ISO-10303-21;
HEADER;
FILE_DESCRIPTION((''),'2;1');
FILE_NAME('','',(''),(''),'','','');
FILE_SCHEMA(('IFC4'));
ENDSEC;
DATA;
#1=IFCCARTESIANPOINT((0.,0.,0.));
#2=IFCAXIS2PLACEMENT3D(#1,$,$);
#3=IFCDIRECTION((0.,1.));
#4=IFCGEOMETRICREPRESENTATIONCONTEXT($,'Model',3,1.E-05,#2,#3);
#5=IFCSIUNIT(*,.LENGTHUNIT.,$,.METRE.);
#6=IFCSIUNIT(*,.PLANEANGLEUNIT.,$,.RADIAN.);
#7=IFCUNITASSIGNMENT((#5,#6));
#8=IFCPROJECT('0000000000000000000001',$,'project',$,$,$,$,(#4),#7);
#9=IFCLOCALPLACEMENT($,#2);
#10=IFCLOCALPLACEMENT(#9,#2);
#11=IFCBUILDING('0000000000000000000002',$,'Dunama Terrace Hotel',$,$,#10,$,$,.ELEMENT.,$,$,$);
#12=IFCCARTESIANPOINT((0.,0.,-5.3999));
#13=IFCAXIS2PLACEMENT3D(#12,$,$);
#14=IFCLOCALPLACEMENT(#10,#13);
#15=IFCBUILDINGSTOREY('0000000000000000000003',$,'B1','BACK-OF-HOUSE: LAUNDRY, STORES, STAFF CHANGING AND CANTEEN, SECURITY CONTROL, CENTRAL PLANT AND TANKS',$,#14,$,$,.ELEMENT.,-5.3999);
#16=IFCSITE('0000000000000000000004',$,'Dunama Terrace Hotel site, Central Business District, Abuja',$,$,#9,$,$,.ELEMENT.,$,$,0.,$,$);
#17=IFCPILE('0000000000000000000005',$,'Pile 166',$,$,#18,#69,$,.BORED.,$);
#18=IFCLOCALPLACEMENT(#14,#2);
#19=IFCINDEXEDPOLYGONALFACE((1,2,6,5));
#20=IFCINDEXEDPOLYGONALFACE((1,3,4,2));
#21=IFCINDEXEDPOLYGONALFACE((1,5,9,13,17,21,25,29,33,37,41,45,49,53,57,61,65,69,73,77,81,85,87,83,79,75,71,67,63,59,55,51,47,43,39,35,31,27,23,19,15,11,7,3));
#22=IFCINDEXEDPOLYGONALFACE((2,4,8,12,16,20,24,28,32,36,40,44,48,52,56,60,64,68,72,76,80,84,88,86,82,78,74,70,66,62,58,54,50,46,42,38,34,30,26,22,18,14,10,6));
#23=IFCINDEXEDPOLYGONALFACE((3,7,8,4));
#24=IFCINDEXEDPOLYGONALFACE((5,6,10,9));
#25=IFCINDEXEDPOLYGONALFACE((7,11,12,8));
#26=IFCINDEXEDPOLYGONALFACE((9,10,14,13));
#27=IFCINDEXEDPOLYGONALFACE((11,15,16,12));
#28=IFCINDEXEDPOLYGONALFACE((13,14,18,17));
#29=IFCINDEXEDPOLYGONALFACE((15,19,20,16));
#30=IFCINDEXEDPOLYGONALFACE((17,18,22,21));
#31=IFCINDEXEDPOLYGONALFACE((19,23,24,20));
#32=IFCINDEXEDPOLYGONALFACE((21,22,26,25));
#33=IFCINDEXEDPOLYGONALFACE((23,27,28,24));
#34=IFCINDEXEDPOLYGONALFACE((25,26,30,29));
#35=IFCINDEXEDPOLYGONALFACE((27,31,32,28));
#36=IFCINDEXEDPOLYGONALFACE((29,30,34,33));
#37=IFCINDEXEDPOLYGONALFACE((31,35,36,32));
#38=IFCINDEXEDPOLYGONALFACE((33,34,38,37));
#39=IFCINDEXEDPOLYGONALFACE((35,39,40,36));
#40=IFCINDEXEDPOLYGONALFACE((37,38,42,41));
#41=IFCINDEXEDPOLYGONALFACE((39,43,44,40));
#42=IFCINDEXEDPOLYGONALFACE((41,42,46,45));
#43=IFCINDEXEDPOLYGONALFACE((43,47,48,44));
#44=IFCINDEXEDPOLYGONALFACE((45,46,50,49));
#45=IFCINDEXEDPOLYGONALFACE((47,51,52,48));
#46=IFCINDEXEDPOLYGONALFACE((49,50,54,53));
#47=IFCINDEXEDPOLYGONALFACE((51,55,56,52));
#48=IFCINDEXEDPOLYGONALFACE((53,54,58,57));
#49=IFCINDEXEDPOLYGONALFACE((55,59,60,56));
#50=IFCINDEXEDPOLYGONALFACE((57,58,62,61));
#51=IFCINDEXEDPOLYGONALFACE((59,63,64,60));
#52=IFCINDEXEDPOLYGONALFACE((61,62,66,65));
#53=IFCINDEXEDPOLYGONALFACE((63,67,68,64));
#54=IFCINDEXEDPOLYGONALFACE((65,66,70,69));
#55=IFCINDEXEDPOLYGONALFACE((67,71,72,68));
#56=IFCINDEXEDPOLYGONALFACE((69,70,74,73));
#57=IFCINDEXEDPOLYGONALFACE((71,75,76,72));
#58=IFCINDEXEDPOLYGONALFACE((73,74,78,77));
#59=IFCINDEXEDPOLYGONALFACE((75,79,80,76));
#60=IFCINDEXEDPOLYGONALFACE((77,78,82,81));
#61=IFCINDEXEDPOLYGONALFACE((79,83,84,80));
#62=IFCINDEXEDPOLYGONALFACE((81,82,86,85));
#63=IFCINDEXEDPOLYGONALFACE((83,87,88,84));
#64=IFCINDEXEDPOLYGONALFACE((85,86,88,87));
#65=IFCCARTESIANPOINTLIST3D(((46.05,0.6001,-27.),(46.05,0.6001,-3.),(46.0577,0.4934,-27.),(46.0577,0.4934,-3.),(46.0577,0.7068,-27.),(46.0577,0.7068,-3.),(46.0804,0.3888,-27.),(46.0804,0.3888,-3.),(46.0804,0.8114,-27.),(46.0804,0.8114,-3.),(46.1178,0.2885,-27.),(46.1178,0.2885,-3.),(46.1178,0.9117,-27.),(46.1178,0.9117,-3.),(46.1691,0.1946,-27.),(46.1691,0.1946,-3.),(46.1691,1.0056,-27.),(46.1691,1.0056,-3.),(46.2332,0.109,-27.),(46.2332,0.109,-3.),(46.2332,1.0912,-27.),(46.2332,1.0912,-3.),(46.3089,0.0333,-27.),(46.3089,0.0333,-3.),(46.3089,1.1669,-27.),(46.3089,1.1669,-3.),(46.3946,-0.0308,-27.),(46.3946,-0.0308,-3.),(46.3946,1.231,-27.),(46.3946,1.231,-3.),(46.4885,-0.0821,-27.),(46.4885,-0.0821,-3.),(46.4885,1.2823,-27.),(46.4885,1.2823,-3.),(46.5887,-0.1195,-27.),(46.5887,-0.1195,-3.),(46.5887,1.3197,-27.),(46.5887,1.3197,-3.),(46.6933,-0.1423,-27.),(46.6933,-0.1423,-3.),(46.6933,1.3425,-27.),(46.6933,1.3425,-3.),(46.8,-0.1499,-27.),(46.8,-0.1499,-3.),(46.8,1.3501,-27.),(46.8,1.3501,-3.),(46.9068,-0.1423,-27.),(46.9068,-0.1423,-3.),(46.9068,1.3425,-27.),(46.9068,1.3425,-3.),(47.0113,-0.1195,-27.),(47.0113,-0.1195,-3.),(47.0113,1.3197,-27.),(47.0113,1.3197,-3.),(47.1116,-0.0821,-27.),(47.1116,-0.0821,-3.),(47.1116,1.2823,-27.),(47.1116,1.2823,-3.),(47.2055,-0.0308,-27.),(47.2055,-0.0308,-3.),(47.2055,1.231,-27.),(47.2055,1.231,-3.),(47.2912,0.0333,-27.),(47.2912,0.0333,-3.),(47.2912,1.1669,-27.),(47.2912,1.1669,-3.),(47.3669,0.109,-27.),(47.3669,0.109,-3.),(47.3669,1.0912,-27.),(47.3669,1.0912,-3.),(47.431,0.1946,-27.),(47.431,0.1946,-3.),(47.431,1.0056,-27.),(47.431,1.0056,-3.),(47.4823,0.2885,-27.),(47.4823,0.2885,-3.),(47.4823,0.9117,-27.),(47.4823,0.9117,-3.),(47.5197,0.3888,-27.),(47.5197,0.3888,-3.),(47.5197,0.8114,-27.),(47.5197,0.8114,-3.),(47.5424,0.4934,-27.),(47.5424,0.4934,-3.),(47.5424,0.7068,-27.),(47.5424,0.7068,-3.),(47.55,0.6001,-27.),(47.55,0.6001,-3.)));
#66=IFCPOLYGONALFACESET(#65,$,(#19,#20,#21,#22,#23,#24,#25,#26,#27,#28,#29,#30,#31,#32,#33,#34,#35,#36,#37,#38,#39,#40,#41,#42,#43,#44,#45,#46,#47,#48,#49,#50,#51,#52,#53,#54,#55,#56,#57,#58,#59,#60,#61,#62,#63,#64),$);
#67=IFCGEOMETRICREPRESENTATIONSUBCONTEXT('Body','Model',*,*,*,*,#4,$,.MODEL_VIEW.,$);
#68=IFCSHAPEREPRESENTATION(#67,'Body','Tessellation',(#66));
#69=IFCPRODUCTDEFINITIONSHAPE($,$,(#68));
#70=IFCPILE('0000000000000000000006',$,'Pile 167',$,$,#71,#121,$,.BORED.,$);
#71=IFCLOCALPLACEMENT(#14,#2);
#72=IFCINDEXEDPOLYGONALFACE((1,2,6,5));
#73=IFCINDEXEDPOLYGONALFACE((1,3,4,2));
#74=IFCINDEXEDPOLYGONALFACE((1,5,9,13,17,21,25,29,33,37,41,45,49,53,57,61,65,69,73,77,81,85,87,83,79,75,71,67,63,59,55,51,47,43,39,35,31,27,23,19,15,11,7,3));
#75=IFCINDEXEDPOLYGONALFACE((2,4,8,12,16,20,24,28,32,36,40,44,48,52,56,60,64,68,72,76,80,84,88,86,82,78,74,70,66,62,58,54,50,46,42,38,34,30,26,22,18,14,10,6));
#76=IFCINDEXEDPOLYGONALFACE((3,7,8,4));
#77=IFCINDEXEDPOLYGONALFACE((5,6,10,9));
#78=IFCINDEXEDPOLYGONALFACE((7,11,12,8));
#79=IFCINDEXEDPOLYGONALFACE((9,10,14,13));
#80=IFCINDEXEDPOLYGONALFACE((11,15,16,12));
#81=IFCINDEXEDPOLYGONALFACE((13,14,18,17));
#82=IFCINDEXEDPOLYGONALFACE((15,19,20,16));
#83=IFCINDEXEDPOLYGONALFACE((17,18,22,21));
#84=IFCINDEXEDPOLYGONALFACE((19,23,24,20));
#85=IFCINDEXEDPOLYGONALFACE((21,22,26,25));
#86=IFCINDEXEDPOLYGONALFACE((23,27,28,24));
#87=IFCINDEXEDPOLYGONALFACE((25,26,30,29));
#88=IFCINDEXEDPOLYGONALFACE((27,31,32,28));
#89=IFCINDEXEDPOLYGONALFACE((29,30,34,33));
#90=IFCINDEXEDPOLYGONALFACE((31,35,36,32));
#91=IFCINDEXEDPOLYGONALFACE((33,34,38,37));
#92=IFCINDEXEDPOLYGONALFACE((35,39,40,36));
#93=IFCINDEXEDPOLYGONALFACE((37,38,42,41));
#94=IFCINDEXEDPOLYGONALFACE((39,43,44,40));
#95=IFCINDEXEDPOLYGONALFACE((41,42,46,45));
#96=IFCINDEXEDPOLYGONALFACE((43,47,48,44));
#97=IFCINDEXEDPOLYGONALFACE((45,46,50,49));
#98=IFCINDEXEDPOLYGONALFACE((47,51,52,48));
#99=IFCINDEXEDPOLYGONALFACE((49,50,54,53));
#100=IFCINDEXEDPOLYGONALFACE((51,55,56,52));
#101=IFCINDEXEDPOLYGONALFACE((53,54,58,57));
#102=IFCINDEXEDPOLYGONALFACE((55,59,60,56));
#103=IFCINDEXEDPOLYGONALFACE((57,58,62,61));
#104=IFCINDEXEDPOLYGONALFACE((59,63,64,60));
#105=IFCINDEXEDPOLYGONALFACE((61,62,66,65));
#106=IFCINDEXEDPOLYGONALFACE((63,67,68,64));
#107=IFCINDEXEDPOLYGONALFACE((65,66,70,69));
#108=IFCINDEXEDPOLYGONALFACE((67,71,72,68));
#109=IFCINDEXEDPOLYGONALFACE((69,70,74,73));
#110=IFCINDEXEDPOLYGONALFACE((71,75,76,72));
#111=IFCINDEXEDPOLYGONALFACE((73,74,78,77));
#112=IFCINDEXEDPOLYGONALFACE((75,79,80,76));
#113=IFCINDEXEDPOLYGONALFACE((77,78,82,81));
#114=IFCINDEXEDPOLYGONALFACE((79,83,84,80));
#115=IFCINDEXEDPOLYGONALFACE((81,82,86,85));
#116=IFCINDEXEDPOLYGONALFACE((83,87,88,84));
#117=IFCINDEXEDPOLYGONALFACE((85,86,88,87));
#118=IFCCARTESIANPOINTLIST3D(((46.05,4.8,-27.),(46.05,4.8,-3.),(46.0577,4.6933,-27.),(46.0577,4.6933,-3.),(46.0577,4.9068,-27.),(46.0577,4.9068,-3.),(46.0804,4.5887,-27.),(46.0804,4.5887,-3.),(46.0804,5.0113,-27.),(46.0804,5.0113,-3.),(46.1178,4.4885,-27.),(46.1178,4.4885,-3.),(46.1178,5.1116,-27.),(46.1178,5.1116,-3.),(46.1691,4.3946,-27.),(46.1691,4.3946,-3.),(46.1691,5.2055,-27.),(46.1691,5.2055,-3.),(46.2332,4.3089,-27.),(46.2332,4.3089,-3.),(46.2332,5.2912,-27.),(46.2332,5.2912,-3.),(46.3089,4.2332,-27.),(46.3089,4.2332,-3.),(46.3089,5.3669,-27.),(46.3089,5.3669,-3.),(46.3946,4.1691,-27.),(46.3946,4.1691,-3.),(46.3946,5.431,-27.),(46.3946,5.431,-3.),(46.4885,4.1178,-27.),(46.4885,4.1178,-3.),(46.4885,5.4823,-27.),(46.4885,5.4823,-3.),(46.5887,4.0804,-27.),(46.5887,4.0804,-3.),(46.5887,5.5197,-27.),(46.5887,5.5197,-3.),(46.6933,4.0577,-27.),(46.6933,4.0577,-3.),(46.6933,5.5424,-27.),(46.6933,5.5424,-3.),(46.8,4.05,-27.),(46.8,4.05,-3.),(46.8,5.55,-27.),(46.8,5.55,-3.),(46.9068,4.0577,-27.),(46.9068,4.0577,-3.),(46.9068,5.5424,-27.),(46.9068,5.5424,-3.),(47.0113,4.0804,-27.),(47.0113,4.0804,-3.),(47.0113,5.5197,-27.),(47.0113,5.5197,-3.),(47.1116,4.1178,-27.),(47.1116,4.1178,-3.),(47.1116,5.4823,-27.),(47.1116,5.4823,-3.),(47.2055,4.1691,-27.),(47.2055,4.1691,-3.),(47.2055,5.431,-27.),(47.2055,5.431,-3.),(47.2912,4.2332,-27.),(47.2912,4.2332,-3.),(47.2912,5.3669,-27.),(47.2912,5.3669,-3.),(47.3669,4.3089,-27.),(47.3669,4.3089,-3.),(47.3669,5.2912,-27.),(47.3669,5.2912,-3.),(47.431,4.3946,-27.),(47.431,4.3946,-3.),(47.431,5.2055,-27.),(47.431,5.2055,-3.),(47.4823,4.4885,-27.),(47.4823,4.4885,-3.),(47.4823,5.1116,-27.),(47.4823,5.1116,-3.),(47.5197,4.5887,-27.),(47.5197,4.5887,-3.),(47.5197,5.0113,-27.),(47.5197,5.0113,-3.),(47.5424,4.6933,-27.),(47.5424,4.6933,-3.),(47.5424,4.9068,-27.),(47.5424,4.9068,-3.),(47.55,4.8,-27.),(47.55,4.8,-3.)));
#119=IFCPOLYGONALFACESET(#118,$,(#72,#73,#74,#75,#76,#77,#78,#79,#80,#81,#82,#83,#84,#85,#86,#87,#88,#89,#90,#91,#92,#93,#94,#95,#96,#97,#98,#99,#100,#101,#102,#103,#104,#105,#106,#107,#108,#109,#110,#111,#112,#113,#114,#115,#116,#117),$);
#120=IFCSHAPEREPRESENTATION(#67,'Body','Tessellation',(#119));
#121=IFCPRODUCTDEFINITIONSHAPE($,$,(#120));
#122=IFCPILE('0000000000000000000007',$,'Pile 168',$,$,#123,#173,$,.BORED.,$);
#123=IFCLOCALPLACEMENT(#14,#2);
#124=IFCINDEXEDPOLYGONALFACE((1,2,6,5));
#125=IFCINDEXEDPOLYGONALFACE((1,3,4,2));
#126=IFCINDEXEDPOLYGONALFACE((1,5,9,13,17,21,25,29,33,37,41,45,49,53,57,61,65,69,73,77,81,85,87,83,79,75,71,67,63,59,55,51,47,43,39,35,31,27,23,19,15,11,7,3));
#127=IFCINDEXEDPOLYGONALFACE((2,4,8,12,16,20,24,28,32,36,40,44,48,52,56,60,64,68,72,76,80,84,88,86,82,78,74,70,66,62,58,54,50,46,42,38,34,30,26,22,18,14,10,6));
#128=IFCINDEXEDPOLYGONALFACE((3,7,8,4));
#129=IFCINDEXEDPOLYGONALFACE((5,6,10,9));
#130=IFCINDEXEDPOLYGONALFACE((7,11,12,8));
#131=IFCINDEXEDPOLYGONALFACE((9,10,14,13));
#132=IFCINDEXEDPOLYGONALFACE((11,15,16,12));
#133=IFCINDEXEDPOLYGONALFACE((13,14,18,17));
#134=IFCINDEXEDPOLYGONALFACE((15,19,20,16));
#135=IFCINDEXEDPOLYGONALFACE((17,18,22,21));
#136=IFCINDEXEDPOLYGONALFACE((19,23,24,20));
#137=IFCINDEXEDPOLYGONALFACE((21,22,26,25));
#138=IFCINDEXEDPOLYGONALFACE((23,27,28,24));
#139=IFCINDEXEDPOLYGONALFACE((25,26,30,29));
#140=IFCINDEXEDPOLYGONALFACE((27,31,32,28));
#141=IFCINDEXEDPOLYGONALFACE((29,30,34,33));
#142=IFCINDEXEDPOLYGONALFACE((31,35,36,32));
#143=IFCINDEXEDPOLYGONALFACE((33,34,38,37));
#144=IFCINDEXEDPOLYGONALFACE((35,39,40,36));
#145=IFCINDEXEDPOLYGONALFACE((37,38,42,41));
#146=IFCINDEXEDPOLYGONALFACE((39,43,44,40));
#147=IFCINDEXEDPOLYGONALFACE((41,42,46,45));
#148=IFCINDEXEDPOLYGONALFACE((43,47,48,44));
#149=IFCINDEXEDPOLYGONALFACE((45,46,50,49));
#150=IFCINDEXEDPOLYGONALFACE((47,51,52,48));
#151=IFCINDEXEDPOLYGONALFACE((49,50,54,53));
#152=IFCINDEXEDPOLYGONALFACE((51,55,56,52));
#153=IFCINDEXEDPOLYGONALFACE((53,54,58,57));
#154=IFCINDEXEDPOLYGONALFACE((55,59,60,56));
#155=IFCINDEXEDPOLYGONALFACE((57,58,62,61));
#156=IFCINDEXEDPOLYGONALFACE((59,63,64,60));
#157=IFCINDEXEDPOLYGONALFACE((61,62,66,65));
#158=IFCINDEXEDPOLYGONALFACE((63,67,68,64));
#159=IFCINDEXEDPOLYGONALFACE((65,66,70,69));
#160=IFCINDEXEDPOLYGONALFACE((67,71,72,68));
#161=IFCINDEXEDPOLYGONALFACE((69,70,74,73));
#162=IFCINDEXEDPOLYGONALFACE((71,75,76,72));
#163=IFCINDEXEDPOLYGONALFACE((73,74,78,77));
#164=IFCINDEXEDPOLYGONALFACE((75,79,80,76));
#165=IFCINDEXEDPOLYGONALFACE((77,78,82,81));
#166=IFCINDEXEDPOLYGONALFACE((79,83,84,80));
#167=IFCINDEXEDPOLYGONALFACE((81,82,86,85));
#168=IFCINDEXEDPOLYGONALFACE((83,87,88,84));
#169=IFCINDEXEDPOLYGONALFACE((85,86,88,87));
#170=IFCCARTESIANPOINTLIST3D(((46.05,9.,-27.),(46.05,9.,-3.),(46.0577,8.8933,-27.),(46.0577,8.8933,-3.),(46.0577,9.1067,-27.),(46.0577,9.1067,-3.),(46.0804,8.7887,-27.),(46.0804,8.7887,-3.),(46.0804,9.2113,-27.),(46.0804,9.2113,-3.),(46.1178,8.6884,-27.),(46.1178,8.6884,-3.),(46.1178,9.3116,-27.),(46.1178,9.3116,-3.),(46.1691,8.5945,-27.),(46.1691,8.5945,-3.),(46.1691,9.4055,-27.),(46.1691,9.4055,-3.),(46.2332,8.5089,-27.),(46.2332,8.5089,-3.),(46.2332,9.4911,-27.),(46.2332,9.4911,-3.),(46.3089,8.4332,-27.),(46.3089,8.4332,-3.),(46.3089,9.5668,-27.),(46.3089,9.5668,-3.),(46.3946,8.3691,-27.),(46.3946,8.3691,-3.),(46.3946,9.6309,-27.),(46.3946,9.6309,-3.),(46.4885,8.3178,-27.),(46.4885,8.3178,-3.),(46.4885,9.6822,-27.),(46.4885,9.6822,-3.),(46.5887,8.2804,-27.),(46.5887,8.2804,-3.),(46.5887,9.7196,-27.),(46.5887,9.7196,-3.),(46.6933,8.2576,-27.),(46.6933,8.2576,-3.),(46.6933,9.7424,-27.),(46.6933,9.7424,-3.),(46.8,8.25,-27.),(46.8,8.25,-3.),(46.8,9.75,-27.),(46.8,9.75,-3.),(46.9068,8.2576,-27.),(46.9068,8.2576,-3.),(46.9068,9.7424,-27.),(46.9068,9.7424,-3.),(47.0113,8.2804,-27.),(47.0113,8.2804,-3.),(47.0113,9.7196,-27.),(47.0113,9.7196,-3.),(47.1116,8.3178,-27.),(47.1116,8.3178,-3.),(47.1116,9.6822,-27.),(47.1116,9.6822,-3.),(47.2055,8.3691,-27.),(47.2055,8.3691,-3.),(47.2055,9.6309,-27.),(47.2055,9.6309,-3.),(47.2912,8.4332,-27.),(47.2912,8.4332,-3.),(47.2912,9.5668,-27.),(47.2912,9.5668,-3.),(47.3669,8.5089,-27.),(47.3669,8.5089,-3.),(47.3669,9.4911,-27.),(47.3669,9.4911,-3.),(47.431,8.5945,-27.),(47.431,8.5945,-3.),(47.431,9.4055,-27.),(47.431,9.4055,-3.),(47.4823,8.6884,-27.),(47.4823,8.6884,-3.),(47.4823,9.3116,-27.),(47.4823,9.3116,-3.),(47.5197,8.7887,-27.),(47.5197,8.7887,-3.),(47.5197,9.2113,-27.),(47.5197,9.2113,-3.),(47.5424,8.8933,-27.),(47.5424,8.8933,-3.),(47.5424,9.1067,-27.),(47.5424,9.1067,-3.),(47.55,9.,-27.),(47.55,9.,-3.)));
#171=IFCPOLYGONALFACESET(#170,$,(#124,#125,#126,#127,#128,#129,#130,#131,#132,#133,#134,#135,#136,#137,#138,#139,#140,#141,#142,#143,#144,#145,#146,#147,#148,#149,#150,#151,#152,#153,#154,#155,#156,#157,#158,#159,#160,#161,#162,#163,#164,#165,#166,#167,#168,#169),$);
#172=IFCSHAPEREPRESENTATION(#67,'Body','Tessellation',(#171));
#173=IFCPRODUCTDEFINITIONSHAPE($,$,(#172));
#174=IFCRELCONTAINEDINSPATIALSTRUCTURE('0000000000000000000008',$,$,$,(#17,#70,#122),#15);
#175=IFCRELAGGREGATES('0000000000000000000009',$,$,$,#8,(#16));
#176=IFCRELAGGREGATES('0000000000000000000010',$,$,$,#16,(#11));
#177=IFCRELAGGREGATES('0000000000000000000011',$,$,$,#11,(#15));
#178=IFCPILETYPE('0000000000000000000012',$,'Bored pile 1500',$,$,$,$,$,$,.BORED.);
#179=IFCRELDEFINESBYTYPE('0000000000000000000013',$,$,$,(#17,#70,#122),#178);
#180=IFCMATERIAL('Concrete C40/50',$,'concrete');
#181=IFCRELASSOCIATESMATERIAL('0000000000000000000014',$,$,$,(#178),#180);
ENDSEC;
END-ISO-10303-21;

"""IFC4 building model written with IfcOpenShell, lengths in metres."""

from ifc_helpers import new_model, si_unit, direction, frame, origin, origin_2d, place, context, subcontext, project, spatial, circle, extrude, material, material_profile, profile_set, type_object, element, save


model = new_model("IFC4")

# Units and contexts
model_context = context("Model", 3, precision=1e-05, world=origin(), true_north=direction((0.0, 1.0)))
body_context = subcontext(model_context, "Body", "Model", "MODEL_VIEW")
ifc_project = project(units=[si_unit("LENGTHUNIT", "METRE"), si_unit("PLANEANGLEUNIT", "RADIAN")], contexts=[model_context])

# Site, building, storey
site_placement = place(None, origin())
site = spatial("IfcSite", under=ifc_project, at=site_placement, Name="Dunama Terrace Hotel site, Central Business District, Abuja", CompositionType="ELEMENT", RefElevation=0.0)
building_placement = place(site_placement, origin())
building = spatial("IfcBuilding", under=site, at=building_placement, Name="Dunama Terrace Hotel", CompositionType="ELEMENT")
storey_placement = place(building_placement, frame((0.0, 0.0, -5.3999)))
storey = spatial("IfcBuildingStorey", under=building, at=storey_placement, Name="B1", Description="BACK-OF-HOUSE: LAUNDRY, STORES, STAFF CHANGING AND CANTEEN, SECURITY CONTROL, CENTRAL PLANT AND TANKS", CompositionType="ELEMENT", Elevation=-5.3999)

# Piles
ifc_material_1 = material(Name="Concrete C40/50", Category="concrete")
ifc_material_profile_1 = material_profile(ifc_material_1, circle(Radius=0.75, at=origin_2d()), Name="PILE D1500")
ifc_profile_set_1 = profile_set([ifc_material_profile_1], Name="Concrete C40/50")
pile_type = type_object("IfcPileType", Name="Bored pile 1500", PredefinedType="BORED", material=ifc_profile_set_1)
for number, where, z_axis, x_axis, name in (
    (1, (46.8, 0.6001, -3.0), (0.0, 0.0, -1.0), (1.0, 0.0, 0.0), "Pile 166"),
    (2, (46.8, 4.8, -3.0), (0.0, 0.0, -1.0), (1.0, 0.0, 0.0), "Pile 167"),
    (3, (46.8, 9.0, -3.0), (0.0, 0.0, -1.0), (1.0, 0.0, 0.0), "Pile 168"),
):
    element("IfcPile", number, at=place(storey_placement, frame(where, z_axis=z_axis, x_axis=x_axis)), inside=storey, type_object=pile_type, Name=name, PredefinedType="BORED", context=body_context, shape_type="SweptSolid", body=[
        extrude(circle(Radius=0.75, at=origin_2d()), origin(), (0.0, 0.0, 1.0), 24.0),
    ])

save(model, "model.ifc")
